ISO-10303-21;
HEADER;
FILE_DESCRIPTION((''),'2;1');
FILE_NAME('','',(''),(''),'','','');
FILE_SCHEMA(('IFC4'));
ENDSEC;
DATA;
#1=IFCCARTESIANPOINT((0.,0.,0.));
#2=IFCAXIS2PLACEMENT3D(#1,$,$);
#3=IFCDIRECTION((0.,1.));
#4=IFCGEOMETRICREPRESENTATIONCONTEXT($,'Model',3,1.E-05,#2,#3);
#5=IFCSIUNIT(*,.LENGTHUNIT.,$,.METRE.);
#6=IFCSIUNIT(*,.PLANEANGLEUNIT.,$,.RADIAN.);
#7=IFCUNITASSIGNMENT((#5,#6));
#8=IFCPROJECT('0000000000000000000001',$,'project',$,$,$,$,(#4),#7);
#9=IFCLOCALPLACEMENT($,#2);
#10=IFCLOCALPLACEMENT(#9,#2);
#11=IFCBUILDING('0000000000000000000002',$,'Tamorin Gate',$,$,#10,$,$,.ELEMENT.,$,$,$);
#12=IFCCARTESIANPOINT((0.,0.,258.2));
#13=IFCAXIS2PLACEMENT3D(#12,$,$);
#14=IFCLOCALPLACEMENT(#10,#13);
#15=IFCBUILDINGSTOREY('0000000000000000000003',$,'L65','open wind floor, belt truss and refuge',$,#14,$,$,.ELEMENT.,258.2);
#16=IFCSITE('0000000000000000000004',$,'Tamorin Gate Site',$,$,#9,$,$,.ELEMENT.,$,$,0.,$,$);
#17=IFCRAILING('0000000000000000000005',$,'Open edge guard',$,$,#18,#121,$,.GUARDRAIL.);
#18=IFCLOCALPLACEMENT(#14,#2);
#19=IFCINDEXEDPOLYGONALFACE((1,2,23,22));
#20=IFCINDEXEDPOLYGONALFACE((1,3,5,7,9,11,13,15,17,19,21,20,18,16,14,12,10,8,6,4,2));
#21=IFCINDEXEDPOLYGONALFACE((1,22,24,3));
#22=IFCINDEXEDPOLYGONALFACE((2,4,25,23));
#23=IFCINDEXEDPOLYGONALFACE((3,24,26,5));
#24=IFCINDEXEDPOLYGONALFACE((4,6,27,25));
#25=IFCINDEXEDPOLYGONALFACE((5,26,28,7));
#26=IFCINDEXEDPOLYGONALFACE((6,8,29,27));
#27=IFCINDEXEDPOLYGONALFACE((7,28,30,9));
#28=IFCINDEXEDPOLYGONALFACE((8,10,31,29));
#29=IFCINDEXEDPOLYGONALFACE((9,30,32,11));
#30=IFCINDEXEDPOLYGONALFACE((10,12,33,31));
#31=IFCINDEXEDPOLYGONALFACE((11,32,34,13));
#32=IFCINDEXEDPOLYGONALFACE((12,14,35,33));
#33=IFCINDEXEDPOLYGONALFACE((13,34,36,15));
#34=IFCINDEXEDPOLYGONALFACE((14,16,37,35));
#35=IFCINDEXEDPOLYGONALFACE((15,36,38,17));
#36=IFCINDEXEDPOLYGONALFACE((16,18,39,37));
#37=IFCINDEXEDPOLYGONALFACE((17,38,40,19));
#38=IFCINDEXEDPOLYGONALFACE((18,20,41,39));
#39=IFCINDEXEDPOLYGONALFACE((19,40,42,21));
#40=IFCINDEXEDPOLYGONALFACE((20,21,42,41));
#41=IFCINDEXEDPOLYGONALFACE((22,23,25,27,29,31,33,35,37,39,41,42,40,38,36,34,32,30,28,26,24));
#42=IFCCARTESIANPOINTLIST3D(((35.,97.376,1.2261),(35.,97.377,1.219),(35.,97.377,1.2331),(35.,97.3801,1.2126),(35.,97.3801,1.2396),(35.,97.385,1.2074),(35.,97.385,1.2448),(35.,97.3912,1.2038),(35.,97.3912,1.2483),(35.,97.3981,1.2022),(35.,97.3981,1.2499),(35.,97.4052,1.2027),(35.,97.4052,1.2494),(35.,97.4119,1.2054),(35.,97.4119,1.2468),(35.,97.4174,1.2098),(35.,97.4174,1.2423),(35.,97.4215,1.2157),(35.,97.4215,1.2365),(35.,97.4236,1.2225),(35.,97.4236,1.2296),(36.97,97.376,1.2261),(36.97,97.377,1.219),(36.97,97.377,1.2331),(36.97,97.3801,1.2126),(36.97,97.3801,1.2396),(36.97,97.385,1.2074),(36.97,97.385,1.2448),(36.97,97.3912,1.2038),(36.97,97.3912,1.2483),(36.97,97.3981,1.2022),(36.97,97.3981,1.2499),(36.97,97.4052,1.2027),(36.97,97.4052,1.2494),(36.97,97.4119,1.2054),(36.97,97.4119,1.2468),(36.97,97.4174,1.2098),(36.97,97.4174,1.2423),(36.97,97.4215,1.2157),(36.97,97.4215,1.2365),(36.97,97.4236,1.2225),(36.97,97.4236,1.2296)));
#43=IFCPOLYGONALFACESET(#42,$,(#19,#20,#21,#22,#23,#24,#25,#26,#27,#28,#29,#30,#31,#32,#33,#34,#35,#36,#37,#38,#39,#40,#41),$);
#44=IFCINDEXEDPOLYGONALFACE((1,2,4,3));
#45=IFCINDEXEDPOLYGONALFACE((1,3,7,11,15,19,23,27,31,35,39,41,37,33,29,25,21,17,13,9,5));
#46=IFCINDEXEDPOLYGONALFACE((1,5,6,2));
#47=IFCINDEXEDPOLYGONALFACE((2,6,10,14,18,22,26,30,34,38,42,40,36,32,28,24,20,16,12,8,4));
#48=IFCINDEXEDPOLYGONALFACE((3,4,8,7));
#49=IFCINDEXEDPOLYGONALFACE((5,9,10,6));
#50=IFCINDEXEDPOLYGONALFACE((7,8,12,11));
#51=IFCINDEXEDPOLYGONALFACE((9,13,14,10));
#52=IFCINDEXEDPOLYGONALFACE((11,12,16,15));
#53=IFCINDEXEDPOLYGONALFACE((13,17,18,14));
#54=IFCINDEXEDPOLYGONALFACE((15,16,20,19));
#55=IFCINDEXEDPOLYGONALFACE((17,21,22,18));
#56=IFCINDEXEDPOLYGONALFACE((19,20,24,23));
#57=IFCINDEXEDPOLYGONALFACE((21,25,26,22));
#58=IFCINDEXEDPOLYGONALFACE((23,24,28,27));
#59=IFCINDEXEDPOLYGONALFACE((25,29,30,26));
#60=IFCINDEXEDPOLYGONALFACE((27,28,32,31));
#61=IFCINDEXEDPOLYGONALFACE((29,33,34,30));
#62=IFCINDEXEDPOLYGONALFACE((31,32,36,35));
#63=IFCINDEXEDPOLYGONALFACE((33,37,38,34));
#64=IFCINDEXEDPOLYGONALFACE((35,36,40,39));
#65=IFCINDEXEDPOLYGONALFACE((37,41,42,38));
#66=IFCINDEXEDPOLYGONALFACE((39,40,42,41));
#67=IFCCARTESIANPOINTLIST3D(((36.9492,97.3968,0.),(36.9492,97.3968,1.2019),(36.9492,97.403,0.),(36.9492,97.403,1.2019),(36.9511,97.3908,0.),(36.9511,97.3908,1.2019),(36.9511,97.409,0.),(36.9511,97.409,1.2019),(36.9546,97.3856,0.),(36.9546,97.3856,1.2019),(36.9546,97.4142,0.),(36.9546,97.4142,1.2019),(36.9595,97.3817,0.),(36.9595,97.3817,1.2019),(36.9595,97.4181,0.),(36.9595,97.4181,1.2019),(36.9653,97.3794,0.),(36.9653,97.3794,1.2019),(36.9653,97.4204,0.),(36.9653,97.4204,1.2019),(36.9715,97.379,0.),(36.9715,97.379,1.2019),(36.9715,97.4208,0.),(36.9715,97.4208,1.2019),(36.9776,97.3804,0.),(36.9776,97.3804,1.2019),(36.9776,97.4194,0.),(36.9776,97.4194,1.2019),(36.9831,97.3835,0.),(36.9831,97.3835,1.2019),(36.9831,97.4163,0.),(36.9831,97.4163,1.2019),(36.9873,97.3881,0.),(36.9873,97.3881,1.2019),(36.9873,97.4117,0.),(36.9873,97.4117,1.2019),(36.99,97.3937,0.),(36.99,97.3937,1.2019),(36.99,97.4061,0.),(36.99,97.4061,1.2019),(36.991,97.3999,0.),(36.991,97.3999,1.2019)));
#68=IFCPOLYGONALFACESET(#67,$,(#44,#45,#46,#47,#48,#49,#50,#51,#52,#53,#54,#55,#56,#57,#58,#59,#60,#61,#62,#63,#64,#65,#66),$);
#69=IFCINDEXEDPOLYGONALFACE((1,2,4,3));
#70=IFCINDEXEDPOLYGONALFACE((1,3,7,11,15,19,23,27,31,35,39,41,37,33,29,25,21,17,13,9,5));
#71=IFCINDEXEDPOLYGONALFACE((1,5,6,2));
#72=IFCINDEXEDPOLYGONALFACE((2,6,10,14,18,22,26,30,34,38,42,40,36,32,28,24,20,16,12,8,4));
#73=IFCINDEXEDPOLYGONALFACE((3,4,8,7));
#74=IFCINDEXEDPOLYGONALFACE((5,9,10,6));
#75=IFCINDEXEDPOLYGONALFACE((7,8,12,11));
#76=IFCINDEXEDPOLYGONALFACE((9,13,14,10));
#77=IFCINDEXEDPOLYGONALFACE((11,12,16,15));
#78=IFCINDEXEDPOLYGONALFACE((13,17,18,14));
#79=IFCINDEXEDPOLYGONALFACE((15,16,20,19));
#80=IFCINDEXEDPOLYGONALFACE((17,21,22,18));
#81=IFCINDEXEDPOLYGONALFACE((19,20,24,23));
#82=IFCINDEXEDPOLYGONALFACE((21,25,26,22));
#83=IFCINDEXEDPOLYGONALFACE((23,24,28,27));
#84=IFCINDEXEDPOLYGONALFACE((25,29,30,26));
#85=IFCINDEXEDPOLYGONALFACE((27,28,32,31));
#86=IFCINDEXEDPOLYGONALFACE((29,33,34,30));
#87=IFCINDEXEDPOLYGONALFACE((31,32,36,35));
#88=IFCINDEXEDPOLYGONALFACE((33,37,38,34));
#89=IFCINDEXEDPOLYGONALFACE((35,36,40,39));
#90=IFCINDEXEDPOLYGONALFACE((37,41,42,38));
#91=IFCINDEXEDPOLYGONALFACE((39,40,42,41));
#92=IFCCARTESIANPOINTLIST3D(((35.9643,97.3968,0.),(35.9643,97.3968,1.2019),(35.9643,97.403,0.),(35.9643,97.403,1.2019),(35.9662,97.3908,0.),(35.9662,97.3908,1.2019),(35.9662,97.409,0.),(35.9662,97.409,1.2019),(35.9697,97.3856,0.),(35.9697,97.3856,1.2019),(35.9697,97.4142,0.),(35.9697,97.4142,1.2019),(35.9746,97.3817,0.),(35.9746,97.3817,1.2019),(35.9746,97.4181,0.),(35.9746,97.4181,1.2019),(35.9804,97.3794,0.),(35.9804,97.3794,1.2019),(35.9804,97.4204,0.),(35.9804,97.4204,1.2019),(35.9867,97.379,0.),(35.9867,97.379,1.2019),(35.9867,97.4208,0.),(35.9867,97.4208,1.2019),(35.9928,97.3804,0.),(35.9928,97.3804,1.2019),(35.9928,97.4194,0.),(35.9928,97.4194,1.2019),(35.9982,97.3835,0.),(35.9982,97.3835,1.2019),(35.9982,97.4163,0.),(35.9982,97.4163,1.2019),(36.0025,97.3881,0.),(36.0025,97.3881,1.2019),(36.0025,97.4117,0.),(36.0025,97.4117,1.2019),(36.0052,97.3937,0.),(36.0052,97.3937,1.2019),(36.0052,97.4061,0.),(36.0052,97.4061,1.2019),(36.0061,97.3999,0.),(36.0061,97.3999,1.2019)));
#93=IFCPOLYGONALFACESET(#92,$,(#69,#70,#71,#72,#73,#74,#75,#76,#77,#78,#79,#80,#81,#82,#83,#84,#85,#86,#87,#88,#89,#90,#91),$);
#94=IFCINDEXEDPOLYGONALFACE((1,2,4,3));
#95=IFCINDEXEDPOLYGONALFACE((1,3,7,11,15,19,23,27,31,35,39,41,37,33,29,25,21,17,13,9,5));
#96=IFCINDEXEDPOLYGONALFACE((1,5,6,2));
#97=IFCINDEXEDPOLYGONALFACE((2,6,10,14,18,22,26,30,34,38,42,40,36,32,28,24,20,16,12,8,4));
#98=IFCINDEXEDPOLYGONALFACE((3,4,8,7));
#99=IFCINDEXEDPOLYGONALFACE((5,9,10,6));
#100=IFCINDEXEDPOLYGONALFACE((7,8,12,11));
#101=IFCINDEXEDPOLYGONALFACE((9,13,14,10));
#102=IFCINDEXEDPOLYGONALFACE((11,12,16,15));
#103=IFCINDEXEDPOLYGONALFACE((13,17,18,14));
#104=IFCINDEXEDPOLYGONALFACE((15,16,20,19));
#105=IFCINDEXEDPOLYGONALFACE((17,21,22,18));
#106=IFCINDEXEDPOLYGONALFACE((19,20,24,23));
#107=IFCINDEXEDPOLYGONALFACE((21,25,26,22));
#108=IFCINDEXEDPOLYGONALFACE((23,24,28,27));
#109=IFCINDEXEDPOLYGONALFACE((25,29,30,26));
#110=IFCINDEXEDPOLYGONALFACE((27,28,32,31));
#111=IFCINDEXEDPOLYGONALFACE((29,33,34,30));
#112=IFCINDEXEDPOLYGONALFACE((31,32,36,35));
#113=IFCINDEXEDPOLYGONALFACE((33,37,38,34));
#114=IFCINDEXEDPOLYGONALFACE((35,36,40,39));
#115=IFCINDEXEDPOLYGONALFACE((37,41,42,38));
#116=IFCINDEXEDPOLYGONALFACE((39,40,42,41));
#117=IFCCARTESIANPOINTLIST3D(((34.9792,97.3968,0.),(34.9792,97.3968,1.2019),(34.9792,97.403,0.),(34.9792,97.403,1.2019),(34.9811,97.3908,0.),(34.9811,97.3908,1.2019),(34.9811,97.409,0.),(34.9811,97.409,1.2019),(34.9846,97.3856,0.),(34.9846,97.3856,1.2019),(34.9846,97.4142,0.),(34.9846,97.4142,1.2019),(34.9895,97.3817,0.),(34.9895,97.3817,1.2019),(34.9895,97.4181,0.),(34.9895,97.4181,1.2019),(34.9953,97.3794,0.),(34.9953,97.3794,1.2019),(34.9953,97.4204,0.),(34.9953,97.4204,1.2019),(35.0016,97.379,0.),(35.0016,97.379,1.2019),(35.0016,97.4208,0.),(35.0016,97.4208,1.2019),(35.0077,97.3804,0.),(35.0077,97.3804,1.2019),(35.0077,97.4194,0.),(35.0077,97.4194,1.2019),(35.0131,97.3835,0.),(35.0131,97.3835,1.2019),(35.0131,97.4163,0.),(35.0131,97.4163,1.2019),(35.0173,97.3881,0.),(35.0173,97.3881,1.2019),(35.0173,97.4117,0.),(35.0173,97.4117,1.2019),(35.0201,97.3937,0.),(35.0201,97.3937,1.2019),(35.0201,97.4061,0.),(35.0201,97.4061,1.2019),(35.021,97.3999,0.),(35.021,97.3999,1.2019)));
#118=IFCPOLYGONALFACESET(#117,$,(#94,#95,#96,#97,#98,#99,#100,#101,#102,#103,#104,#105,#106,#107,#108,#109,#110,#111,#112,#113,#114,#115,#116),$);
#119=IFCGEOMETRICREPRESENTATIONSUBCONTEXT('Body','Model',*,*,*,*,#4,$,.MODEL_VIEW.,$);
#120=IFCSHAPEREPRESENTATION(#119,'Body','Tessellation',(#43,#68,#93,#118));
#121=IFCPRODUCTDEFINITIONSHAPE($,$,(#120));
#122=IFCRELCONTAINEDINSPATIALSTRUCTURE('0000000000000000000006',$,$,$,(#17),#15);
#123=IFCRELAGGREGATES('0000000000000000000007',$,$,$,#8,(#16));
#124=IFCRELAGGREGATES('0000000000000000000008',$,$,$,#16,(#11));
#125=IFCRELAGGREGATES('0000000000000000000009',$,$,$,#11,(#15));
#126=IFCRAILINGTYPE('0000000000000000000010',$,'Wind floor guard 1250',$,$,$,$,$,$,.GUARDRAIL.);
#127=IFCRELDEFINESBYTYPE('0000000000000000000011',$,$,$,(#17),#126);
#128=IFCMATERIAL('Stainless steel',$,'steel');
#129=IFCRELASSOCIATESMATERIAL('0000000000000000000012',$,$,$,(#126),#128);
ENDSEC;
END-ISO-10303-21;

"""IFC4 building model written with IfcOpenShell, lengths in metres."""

from ifc_helpers import new_model, si_unit, direction, frame, origin, origin_2d, place, context, subcontext, project, spatial, circle, extrude, material, type_object, element, save


model = new_model("IFC4")

# Units and contexts
model_context = context("Model", 3, precision=1e-05, world=origin(), true_north=direction((0.0, 1.0)))
body_context = subcontext(model_context, "Body", "Model", "MODEL_VIEW")
ifc_project = project(units=[si_unit("LENGTHUNIT", "METRE"), si_unit("PLANEANGLEUNIT", "RADIAN")], contexts=[model_context])

# Site, building, storey
site_placement = place(None, origin())
site = spatial("IfcSite", under=ifc_project, at=site_placement, Name="Tamorin Gate Site", CompositionType="ELEMENT", RefElevation=0.0)
building_placement = place(site_placement, origin())
building = spatial("IfcBuilding", under=site, at=building_placement, Name="Tamorin Gate", CompositionType="ELEMENT")
storey_placement = place(building_placement, frame((0.0, 0.0, 258.2)))
storey = spatial("IfcBuildingStorey", under=building, at=storey_placement, Name="L65", Description="open wind floor, belt truss and refuge", CompositionType="ELEMENT", Elevation=258.2)

# Railing
ifc_material_1 = material(Name="Stainless steel", Category="steel")
railing_type = type_object("IfcRailingType", Name="Wind floor guard 1250", PredefinedType="GUARDRAIL", material=ifc_material_1)
railing_1_placement = place(storey_placement, frame((36.97, 97.3999, 0.0)))
element("IfcRailing", 1, at=railing_1_placement, inside=storey, type_object=railing_type, Name="Open edge guard", PredefinedType="GUARDRAIL", context=body_context, shape_type="SweptSolid", body=[
    extrude(circle(Radius=0.0239, at=origin_2d()), frame((0.0, 0.0, 1.2261), z_axis=(-1.0, 0.0, 0.0), x_axis=(0.0, -1.0, 0.0)), (0.0, 0.0, 1.0), 1.97),
    extrude(circle(Radius=0.021, at=origin_2d()), origin(), (0.0, 0.0, 1.0), 1.2019),
    extrude(circle(Radius=0.021, at=origin_2d()), frame((-0.9849, 0.0, 0.0)), (0.0, 0.0, 1.0), 1.2019),
    extrude(circle(Radius=0.021, at=origin_2d()), frame((-1.97, 0.0, 0.0)), (0.0, 0.0, 1.0), 1.2019),
])

save(model, "model.ifc")
